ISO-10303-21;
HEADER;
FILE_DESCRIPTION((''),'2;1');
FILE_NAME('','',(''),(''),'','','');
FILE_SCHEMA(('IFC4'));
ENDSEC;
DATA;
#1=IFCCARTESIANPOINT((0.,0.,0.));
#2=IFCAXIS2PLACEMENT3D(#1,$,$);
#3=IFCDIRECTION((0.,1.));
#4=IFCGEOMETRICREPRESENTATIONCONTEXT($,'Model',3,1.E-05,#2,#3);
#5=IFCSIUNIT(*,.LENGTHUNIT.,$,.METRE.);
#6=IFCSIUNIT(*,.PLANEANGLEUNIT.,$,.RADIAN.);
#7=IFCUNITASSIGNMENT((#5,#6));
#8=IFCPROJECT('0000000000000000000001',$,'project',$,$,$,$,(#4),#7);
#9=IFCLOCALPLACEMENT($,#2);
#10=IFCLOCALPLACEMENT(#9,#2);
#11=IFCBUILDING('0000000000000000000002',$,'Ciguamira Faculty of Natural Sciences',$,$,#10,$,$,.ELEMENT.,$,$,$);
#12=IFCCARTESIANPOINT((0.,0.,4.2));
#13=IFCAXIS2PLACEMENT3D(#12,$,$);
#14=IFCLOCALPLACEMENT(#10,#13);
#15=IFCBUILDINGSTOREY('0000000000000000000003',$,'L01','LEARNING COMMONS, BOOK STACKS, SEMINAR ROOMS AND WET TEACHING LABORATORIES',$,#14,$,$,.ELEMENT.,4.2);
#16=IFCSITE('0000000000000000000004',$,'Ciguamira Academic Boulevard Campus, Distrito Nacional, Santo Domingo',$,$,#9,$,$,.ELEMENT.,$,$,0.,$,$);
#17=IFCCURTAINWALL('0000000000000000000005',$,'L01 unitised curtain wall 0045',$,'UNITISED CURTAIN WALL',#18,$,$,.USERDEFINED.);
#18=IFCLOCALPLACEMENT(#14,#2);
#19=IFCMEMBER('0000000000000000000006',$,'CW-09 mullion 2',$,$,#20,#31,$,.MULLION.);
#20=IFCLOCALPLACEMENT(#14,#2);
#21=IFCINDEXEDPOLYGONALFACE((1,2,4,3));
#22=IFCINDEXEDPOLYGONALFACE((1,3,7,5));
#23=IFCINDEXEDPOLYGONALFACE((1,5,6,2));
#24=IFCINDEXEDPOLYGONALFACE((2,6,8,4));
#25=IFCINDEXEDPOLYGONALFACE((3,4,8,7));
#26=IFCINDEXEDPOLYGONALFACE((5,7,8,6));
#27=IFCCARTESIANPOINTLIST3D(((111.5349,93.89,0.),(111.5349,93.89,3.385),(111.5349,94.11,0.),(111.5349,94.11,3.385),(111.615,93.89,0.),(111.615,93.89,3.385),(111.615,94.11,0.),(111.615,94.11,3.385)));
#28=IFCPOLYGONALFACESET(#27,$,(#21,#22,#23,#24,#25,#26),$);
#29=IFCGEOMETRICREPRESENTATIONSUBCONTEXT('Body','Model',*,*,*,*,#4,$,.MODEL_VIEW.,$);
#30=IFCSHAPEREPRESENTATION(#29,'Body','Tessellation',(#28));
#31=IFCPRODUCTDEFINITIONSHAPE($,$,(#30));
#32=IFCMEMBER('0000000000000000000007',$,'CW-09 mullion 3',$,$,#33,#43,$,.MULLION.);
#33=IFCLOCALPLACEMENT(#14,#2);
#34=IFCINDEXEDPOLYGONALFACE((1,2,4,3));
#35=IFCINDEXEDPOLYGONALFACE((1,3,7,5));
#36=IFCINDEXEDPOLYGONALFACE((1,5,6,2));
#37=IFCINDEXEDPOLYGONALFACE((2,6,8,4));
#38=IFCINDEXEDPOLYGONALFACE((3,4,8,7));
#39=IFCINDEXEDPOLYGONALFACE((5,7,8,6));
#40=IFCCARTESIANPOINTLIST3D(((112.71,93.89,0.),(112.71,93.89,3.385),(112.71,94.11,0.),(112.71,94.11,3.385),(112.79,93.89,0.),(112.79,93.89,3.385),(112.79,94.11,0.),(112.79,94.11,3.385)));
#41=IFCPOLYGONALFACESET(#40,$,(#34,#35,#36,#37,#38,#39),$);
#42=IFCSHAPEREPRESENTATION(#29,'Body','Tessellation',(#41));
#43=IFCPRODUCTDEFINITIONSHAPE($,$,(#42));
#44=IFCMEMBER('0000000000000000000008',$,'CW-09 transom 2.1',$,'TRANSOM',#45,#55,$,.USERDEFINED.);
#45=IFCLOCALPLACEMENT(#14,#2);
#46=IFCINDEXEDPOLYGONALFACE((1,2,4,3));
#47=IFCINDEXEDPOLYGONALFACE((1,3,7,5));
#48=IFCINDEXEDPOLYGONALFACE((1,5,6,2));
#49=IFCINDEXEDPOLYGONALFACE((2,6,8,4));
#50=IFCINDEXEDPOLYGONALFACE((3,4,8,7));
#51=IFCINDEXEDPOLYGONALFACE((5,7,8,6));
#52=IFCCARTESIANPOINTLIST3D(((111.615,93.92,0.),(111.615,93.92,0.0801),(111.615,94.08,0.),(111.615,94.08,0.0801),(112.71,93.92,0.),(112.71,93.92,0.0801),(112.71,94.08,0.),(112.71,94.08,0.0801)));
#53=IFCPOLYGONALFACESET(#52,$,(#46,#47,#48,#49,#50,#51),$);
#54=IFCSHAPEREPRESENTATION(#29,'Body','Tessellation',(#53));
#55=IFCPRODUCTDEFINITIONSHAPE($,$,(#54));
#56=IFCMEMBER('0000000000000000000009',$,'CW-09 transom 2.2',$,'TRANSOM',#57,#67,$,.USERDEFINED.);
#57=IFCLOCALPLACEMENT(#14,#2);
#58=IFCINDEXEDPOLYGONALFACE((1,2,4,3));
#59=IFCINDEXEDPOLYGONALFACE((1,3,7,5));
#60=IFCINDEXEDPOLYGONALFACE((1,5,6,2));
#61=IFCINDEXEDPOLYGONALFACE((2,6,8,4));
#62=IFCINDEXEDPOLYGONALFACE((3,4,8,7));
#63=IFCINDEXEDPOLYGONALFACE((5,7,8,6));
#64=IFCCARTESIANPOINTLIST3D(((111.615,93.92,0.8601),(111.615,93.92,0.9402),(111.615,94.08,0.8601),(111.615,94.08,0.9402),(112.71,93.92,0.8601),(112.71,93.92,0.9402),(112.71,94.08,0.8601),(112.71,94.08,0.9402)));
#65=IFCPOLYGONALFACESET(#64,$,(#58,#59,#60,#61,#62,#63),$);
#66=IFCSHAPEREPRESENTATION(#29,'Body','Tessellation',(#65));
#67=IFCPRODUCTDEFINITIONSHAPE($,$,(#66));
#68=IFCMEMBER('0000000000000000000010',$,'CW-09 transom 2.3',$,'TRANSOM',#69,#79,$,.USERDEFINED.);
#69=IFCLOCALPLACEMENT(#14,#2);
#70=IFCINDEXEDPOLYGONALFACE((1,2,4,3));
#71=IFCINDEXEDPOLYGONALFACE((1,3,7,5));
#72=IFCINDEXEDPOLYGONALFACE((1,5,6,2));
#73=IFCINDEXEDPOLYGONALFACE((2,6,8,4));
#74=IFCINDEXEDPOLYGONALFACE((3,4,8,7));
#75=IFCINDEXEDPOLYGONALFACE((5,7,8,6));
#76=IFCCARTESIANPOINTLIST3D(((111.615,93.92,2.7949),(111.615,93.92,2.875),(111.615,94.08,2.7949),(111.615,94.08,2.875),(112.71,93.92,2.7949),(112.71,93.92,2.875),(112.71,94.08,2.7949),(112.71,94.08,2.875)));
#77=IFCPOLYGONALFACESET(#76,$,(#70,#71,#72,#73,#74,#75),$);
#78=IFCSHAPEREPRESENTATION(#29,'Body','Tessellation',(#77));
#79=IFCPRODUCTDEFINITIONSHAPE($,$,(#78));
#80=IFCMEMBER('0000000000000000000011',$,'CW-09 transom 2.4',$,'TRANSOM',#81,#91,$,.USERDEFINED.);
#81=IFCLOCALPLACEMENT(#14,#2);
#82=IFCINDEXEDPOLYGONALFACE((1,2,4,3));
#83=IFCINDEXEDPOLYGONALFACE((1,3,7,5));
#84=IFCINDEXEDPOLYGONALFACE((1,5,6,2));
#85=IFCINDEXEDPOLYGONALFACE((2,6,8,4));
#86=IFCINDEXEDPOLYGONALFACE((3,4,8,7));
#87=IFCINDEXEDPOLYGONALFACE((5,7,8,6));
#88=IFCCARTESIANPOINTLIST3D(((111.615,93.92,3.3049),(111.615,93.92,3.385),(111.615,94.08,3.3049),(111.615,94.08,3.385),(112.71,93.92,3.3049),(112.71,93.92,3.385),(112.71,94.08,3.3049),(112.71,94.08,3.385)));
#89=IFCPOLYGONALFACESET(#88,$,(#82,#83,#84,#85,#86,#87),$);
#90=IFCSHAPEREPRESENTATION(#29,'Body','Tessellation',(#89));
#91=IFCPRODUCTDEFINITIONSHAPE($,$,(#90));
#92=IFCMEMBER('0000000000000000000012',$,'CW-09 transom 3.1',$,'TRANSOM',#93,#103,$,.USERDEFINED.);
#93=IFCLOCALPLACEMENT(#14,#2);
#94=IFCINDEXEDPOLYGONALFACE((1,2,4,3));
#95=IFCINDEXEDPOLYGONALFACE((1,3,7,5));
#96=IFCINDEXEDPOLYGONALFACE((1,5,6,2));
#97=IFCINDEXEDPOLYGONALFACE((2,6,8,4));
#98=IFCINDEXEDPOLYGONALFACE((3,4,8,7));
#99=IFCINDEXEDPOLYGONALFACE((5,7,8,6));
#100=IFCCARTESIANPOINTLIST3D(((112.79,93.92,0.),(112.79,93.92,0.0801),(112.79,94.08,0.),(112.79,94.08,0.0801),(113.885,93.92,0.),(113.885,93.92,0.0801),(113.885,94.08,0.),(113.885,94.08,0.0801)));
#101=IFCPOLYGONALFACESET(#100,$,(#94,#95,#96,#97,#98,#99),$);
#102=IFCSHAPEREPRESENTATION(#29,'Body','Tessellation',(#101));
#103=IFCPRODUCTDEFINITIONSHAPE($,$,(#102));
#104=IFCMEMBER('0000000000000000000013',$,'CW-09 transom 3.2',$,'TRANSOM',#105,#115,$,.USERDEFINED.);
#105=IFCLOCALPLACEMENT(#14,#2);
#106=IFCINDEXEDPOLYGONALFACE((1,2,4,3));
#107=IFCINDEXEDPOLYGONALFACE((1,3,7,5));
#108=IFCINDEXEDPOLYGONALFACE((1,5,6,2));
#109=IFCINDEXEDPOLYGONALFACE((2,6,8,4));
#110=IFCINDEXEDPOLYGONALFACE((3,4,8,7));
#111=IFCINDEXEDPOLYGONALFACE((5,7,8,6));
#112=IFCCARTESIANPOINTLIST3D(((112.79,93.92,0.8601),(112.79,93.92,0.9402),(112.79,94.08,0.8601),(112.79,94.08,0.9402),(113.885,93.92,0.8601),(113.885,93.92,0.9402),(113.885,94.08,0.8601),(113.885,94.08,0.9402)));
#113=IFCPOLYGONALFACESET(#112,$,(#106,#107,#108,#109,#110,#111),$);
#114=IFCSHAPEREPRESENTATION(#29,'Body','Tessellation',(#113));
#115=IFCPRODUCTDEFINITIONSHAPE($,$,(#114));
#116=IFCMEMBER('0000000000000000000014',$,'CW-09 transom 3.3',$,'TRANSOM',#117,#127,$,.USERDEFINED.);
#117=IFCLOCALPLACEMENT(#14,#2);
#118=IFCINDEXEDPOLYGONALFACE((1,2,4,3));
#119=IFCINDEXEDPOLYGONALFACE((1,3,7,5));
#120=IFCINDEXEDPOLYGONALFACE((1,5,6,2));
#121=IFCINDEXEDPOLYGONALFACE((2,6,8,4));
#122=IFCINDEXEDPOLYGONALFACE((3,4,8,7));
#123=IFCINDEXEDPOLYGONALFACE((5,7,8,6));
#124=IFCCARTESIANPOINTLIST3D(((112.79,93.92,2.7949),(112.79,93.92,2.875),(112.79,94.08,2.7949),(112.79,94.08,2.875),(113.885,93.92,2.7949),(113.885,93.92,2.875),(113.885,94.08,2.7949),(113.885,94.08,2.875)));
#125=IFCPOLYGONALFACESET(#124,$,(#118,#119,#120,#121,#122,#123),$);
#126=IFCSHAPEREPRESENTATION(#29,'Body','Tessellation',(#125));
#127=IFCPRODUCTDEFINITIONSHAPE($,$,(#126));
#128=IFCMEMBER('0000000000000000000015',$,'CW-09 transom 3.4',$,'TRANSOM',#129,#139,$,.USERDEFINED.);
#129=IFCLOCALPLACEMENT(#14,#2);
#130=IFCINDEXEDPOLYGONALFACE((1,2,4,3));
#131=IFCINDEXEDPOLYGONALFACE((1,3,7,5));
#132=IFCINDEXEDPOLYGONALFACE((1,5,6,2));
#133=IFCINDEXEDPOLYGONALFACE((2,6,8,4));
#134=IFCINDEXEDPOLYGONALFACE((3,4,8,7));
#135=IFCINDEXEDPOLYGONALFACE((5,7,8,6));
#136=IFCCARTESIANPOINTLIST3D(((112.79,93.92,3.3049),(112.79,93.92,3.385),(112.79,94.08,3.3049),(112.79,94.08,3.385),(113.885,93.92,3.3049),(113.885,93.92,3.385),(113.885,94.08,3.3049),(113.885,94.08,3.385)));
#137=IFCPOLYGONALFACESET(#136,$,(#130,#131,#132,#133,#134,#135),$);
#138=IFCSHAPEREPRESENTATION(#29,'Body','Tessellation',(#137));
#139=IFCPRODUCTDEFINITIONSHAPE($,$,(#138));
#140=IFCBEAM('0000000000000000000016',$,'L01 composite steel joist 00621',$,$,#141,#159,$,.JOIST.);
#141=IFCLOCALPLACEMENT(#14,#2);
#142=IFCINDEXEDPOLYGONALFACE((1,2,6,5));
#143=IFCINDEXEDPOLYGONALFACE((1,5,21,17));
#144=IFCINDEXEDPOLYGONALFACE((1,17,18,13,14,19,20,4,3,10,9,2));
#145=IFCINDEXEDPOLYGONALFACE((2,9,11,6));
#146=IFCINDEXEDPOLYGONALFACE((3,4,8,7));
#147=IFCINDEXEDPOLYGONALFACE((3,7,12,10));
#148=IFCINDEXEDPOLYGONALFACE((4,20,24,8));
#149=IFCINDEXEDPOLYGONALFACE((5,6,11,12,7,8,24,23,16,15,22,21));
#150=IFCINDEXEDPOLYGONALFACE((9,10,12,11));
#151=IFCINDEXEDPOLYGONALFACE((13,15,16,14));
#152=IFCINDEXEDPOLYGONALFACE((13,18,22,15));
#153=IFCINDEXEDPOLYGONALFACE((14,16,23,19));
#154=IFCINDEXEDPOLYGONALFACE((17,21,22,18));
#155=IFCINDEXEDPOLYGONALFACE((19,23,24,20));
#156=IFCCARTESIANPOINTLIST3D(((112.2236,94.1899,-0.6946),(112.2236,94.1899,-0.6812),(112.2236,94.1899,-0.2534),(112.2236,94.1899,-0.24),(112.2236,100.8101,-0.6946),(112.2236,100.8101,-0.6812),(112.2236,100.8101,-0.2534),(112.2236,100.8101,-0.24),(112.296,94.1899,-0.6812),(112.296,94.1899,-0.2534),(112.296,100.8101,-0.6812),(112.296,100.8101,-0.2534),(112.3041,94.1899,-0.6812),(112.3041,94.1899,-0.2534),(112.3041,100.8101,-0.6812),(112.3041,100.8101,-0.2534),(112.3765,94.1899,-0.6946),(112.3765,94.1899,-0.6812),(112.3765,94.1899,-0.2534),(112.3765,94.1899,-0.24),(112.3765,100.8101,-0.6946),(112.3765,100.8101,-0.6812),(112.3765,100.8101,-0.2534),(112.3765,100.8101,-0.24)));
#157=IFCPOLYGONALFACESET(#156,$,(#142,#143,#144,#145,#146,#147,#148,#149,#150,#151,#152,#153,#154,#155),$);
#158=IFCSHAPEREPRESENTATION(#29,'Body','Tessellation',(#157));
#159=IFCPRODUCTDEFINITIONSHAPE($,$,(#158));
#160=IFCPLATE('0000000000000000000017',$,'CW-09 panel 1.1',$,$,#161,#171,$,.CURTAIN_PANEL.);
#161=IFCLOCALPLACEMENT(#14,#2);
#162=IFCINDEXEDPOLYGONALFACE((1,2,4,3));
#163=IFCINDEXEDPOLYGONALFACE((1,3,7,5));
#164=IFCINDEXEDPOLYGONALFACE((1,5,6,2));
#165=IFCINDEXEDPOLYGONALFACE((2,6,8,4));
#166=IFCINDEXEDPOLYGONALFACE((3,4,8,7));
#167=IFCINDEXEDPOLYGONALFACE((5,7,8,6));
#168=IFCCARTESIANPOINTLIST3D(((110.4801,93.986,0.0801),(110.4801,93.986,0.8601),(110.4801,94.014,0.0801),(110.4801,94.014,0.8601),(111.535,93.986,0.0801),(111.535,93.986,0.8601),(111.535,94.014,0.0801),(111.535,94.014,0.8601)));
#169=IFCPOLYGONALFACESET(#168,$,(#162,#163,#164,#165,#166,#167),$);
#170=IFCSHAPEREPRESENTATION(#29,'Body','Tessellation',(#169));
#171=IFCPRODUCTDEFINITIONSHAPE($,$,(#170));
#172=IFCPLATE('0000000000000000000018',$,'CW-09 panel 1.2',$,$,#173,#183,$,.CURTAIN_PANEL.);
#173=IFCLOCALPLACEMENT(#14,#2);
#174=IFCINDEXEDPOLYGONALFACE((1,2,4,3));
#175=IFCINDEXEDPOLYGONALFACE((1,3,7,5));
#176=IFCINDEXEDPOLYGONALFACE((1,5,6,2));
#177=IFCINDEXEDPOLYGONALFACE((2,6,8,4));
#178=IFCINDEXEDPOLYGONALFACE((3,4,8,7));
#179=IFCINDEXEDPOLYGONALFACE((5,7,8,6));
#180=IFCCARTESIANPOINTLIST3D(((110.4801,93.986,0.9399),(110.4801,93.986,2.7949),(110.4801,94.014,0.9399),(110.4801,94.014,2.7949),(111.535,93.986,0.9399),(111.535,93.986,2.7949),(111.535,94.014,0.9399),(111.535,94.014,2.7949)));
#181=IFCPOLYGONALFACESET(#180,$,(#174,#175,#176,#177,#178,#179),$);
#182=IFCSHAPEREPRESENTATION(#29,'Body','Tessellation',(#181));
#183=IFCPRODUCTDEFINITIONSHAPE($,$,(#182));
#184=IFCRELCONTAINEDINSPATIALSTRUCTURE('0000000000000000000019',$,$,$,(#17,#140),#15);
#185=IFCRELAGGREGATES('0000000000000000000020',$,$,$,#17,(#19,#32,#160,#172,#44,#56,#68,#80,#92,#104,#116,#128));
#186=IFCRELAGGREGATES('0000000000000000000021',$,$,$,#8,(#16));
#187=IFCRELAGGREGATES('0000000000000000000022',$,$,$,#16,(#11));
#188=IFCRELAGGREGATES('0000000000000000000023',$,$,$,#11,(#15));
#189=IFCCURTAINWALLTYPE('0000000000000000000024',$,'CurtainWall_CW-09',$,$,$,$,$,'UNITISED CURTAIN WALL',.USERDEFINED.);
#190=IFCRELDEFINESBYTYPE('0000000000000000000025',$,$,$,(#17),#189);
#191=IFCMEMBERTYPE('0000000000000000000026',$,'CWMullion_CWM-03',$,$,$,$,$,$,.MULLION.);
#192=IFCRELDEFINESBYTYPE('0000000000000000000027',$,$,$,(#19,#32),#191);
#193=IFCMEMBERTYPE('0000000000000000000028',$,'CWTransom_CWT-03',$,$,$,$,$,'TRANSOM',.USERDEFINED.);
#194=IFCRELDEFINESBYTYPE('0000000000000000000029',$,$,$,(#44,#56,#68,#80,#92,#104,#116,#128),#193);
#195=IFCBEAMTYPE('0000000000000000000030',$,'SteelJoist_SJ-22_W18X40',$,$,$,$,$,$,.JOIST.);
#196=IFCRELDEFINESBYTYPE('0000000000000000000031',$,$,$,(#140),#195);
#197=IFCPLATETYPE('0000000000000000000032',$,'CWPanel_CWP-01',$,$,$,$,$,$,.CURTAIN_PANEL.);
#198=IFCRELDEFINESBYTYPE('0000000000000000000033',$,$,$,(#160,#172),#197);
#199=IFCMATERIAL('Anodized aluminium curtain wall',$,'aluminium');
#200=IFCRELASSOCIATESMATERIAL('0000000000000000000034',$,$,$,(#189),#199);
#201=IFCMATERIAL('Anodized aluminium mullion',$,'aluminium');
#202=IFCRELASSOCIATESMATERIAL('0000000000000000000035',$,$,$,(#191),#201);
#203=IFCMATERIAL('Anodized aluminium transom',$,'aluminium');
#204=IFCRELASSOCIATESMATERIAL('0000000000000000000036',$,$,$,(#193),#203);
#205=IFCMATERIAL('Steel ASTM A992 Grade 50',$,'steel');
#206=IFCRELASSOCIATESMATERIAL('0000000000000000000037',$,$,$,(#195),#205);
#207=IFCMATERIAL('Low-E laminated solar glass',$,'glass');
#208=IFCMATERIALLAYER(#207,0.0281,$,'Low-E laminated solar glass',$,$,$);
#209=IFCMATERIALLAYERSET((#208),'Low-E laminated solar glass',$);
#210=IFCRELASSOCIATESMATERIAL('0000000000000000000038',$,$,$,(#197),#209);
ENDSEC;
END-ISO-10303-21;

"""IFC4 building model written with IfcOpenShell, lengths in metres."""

from ifc_helpers import new_model, si_unit, direction, frame, origin, origin_2d, place, context, subcontext, project, spatial, rectangle, i_section, extrude, material, layer, layer_set, material_profile, profile_set, type_object, element, aggregate, save


model = new_model("IFC4")

# Units and contexts
model_context = context("Model", 3, precision=1e-05, world=origin(), true_north=direction((0.0, 1.0)))
body_context = subcontext(model_context, "Body", "Model", "MODEL_VIEW")
ifc_project = project(units=[si_unit("LENGTHUNIT", "METRE"), si_unit("PLANEANGLEUNIT", "RADIAN")], contexts=[model_context])

# Site, building, storey
site_placement = place(None, origin())
site = spatial("IfcSite", under=ifc_project, at=site_placement, Name="Ciguamira Academic Boulevard Campus, Distrito Nacional, Santo Domingo", CompositionType="ELEMENT", RefElevation=0.0)
building_placement = place(site_placement, origin())
building = spatial("IfcBuilding", under=site, at=building_placement, Name="Ciguamira Faculty of Natural Sciences", CompositionType="ELEMENT")
storey_placement = place(building_placement, frame((0.0, 0.0, 4.2)))
storey = spatial("IfcBuildingStorey", under=building, at=storey_placement, Name="L01", Description="LEARNING COMMONS, BOOK STACKS, SEMINAR ROOMS AND WET TEACHING LABORATORIES", CompositionType="ELEMENT", Elevation=4.2)

# Curtain wall, members
ifc_material_1 = material(Name="Anodized aluminium curtain wall", Category="aluminium")
curtain_wall_type = type_object("IfcCurtainWallType", Name="CurtainWall_CW-09", ElementType="UNITISED CURTAIN WALL", PredefinedType="USERDEFINED", material=ifc_material_1)
curtain_wall_placement = place(storey_placement, origin())
curtain_wall = element("IfcCurtainWall", 1, at=curtain_wall_placement, inside=storey, type_object=curtain_wall_type, Name="L01 unitised curtain wall 0045", ObjectType="UNITISED CURTAIN WALL", PredefinedType="USERDEFINED")
ifc_material_2 = material(Name="Anodized aluminium mullion", Category="aluminium")
ifc_material_profile_1 = material_profile(ifc_material_2, rectangle(XDim=0.0801, YDim=0.22, at=origin_2d()), Name="ALU-MUL-80X220")
ifc_profile_set_1 = profile_set([ifc_material_profile_1], Name="Anodized aluminium mullion")
member_type_1 = type_object("IfcMemberType", Name="CWMullion_CWM-03", PredefinedType="MULLION", material=ifc_profile_set_1)
member_1_placement = place(storey_placement, frame((111.575, 94.0, 0.0), z_axis=(0.0, 0.0, 1.0), x_axis=(1.0, 0.0, 0.0)))
member_1 = element("IfcMember", 2, at=member_1_placement, type_object=member_type_1, Name="CW-09 mullion 2", PredefinedType="MULLION", context=body_context, shape_type="SweptSolid", body=[
    extrude(rectangle(XDim=0.0801, YDim=0.22, at=origin_2d()), origin(), (0.0, 0.0, 1.0), 3.385),
])
member_2_placement = place(storey_placement, frame((112.75, 94.0, 0.0), z_axis=(0.0, 0.0, 1.0), x_axis=(1.0, 0.0, 0.0)))
member_2 = element("IfcMember", 3, at=member_2_placement, type_object=member_type_1, Name="CW-09 mullion 3", PredefinedType="MULLION", context=body_context, shape_type="SweptSolid", body=[
    extrude(rectangle(XDim=0.0801, YDim=0.22, at=origin_2d()), origin(), (0.0, 0.0, 1.0), 3.385),
])
ifc_material_3 = material(Name="Anodized aluminium transom", Category="aluminium")
ifc_material_profile_2 = material_profile(ifc_material_3, rectangle(XDim=0.0801, YDim=0.1599, at=origin_2d()), Name="ALU-TRN-80X160")
ifc_profile_set_2 = profile_set([ifc_material_profile_2], Name="Anodized aluminium transom")
member_type_2 = type_object("IfcMemberType", Name="CWTransom_CWT-03", ElementType="TRANSOM", PredefinedType="USERDEFINED", material=ifc_profile_set_2)
member_3_placement = place(storey_placement, frame((111.615, 94.0, 0.04), z_axis=(1.0, 0.0, 0.0), x_axis=(0.0, 0.0, 1.0)))
member_3 = element("IfcMember", 4, at=member_3_placement, type_object=member_type_2, Name="CW-09 transom 2.1", ObjectType="TRANSOM", PredefinedType="USERDEFINED", context=body_context, shape_type="SweptSolid", body=[
    extrude(rectangle(XDim=0.0801, YDim=0.1599, at=origin_2d()), origin(), (0.0, 0.0, 1.0), 1.095),
])
member_4_placement = place(storey_placement, frame((111.615, 94.0, 0.9001), z_axis=(1.0, 0.0, 0.0), x_axis=(0.0, 0.0, 1.0)))
member_4 = element("IfcMember", 5, at=member_4_placement, type_object=member_type_2, Name="CW-09 transom 2.2", ObjectType="TRANSOM", PredefinedType="USERDEFINED", context=body_context, shape_type="SweptSolid", body=[
    extrude(rectangle(XDim=0.0801, YDim=0.1599, at=origin_2d()), origin(), (0.0, 0.0, 1.0), 1.095),
])
member_5_placement = place(storey_placement, frame((111.615, 94.0, 2.835), z_axis=(1.0, 0.0, 0.0), x_axis=(0.0, 0.0, 1.0)))
member_5 = element("IfcMember", 6, at=member_5_placement, type_object=member_type_2, Name="CW-09 transom 2.3", ObjectType="TRANSOM", PredefinedType="USERDEFINED", context=body_context, shape_type="SweptSolid", body=[
    extrude(rectangle(XDim=0.0801, YDim=0.1599, at=origin_2d()), origin(), (0.0, 0.0, 1.0), 1.095),
])
member_6_placement = place(storey_placement, frame((111.615, 94.0, 3.345), z_axis=(1.0, 0.0, 0.0), x_axis=(0.0, 0.0, 1.0)))
member_6 = element("IfcMember", 7, at=member_6_placement, type_object=member_type_2, Name="CW-09 transom 2.4", ObjectType="TRANSOM", PredefinedType="USERDEFINED", context=body_context, shape_type="SweptSolid", body=[
    extrude(rectangle(XDim=0.0801, YDim=0.1599, at=origin_2d()), origin(), (0.0, 0.0, 1.0), 1.095),
])
member_7_placement = place(storey_placement, frame((112.79, 94.0, 0.04), z_axis=(1.0, 0.0, 0.0), x_axis=(0.0, 0.0, 1.0)))
member_7 = element("IfcMember", 8, at=member_7_placement, type_object=member_type_2, Name="CW-09 transom 3.1", ObjectType="TRANSOM", PredefinedType="USERDEFINED", context=body_context, shape_type="SweptSolid", body=[
    extrude(rectangle(XDim=0.0801, YDim=0.1599, at=origin_2d()), origin(), (0.0, 0.0, 1.0), 1.095),
])
member_8_placement = place(storey_placement, frame((112.79, 94.0, 0.9001), z_axis=(1.0, 0.0, 0.0), x_axis=(0.0, 0.0, 1.0)))
member_8 = element("IfcMember", 9, at=member_8_placement, type_object=member_type_2, Name="CW-09 transom 3.2", ObjectType="TRANSOM", PredefinedType="USERDEFINED", context=body_context, shape_type="SweptSolid", body=[
    extrude(rectangle(XDim=0.0801, YDim=0.1599, at=origin_2d()), origin(), (0.0, 0.0, 1.0), 1.095),
])
member_9_placement = place(storey_placement, frame((112.79, 94.0, 2.835), z_axis=(1.0, 0.0, 0.0), x_axis=(0.0, 0.0, 1.0)))
member_9 = element("IfcMember", 10, at=member_9_placement, type_object=member_type_2, Name="CW-09 transom 3.3", ObjectType="TRANSOM", PredefinedType="USERDEFINED", context=body_context, shape_type="SweptSolid", body=[
    extrude(rectangle(XDim=0.0801, YDim=0.1599, at=origin_2d()), origin(), (0.0, 0.0, 1.0), 1.095),
])
member_10_placement = place(storey_placement, frame((112.79, 94.0, 3.345), z_axis=(1.0, 0.0, 0.0), x_axis=(0.0, 0.0, 1.0)))
member_10 = element("IfcMember", 11, at=member_10_placement, type_object=member_type_2, Name="CW-09 transom 3.4", ObjectType="TRANSOM", PredefinedType="USERDEFINED", context=body_context, shape_type="SweptSolid", body=[
    extrude(rectangle(XDim=0.0801, YDim=0.1599, at=origin_2d()), origin(), (0.0, 0.0, 1.0), 1.095),
])

# Beam
ifc_material_4 = material(Name="Steel ASTM A992 Grade 50", Category="steel")
ifc_material_profile_3 = material_profile(ifc_material_4, i_section(OverallWidth=0.1528, OverallDepth=0.4546, WebThickness=0.0081, FlangeThickness=0.0134, at=origin_2d()), Name="W18X40")
ifc_profile_set_3 = profile_set([ifc_material_profile_3], Name="Steel ASTM A992 Grade 50")
beam_type = type_object("IfcBeamType", Name="SteelJoist_SJ-22_W18X40", PredefinedType="JOIST", material=ifc_profile_set_3)
beam_placement = place(storey_placement, frame((112.3, 94.1899, -0.4673), z_axis=(0.0, 1.0, 0.0), x_axis=(-1.0, 0.0, 0.0)))
element("IfcBeam", 12, at=beam_placement, inside=storey, type_object=beam_type, Name="L01 composite steel joist 00621", PredefinedType="JOIST", context=body_context, shape_type="SweptSolid", body=[
    extrude(i_section(OverallWidth=0.1528, OverallDepth=0.4546, WebThickness=0.0081, FlangeThickness=0.0134, at=origin_2d()), origin(), (0.0, 0.0, 1.0), 6.6201),
])

# Plates
ifc_material_5 = material(Name="Low-E laminated solar glass", Category="glass")
ifc_layer = layer(ifc_material_5, 0.0281, Name="Low-E laminated solar glass")
ifc_layer_set = layer_set([ifc_layer], Name="Low-E laminated solar glass")
plate_type = type_object("IfcPlateType", Name="CWPanel_CWP-01", PredefinedType="CURTAIN_PANEL", material=ifc_layer_set)
plate_1_placement = place(storey_placement, frame((111.0076, 94.0, 0.0801), z_axis=(0.0, 0.0, 1.0), x_axis=(1.0, 0.0, 0.0)))
plate_1 = element("IfcPlate", 13, at=plate_1_placement, type_object=plate_type, Name="CW-09 panel 1.1", PredefinedType="CURTAIN_PANEL", context=body_context, shape_type="SweptSolid", body=[
    extrude(rectangle(XDim=1.0549, YDim=0.0281, at=origin_2d()), origin(), (0.0, 0.0, 1.0), 0.78),
])
plate_2_placement = place(storey_placement, frame((111.0076, 94.0, 0.9399), z_axis=(0.0, 0.0, 1.0), x_axis=(1.0, 0.0, 0.0)))
plate_2 = element("IfcPlate", 14, at=plate_2_placement, type_object=plate_type, Name="CW-09 panel 1.2", PredefinedType="CURTAIN_PANEL", context=body_context, shape_type="SweptSolid", body=[
    extrude(rectangle(XDim=1.0549, YDim=0.0281, at=origin_2d()), origin(), (0.0, 0.0, 1.0), 1.855),
])
aggregate(curtain_wall, [member_1, member_2, plate_1, plate_2, member_3, member_4, member_5, member_6, member_7, member_8, member_9, member_10])

save(model, "model.ifc")
